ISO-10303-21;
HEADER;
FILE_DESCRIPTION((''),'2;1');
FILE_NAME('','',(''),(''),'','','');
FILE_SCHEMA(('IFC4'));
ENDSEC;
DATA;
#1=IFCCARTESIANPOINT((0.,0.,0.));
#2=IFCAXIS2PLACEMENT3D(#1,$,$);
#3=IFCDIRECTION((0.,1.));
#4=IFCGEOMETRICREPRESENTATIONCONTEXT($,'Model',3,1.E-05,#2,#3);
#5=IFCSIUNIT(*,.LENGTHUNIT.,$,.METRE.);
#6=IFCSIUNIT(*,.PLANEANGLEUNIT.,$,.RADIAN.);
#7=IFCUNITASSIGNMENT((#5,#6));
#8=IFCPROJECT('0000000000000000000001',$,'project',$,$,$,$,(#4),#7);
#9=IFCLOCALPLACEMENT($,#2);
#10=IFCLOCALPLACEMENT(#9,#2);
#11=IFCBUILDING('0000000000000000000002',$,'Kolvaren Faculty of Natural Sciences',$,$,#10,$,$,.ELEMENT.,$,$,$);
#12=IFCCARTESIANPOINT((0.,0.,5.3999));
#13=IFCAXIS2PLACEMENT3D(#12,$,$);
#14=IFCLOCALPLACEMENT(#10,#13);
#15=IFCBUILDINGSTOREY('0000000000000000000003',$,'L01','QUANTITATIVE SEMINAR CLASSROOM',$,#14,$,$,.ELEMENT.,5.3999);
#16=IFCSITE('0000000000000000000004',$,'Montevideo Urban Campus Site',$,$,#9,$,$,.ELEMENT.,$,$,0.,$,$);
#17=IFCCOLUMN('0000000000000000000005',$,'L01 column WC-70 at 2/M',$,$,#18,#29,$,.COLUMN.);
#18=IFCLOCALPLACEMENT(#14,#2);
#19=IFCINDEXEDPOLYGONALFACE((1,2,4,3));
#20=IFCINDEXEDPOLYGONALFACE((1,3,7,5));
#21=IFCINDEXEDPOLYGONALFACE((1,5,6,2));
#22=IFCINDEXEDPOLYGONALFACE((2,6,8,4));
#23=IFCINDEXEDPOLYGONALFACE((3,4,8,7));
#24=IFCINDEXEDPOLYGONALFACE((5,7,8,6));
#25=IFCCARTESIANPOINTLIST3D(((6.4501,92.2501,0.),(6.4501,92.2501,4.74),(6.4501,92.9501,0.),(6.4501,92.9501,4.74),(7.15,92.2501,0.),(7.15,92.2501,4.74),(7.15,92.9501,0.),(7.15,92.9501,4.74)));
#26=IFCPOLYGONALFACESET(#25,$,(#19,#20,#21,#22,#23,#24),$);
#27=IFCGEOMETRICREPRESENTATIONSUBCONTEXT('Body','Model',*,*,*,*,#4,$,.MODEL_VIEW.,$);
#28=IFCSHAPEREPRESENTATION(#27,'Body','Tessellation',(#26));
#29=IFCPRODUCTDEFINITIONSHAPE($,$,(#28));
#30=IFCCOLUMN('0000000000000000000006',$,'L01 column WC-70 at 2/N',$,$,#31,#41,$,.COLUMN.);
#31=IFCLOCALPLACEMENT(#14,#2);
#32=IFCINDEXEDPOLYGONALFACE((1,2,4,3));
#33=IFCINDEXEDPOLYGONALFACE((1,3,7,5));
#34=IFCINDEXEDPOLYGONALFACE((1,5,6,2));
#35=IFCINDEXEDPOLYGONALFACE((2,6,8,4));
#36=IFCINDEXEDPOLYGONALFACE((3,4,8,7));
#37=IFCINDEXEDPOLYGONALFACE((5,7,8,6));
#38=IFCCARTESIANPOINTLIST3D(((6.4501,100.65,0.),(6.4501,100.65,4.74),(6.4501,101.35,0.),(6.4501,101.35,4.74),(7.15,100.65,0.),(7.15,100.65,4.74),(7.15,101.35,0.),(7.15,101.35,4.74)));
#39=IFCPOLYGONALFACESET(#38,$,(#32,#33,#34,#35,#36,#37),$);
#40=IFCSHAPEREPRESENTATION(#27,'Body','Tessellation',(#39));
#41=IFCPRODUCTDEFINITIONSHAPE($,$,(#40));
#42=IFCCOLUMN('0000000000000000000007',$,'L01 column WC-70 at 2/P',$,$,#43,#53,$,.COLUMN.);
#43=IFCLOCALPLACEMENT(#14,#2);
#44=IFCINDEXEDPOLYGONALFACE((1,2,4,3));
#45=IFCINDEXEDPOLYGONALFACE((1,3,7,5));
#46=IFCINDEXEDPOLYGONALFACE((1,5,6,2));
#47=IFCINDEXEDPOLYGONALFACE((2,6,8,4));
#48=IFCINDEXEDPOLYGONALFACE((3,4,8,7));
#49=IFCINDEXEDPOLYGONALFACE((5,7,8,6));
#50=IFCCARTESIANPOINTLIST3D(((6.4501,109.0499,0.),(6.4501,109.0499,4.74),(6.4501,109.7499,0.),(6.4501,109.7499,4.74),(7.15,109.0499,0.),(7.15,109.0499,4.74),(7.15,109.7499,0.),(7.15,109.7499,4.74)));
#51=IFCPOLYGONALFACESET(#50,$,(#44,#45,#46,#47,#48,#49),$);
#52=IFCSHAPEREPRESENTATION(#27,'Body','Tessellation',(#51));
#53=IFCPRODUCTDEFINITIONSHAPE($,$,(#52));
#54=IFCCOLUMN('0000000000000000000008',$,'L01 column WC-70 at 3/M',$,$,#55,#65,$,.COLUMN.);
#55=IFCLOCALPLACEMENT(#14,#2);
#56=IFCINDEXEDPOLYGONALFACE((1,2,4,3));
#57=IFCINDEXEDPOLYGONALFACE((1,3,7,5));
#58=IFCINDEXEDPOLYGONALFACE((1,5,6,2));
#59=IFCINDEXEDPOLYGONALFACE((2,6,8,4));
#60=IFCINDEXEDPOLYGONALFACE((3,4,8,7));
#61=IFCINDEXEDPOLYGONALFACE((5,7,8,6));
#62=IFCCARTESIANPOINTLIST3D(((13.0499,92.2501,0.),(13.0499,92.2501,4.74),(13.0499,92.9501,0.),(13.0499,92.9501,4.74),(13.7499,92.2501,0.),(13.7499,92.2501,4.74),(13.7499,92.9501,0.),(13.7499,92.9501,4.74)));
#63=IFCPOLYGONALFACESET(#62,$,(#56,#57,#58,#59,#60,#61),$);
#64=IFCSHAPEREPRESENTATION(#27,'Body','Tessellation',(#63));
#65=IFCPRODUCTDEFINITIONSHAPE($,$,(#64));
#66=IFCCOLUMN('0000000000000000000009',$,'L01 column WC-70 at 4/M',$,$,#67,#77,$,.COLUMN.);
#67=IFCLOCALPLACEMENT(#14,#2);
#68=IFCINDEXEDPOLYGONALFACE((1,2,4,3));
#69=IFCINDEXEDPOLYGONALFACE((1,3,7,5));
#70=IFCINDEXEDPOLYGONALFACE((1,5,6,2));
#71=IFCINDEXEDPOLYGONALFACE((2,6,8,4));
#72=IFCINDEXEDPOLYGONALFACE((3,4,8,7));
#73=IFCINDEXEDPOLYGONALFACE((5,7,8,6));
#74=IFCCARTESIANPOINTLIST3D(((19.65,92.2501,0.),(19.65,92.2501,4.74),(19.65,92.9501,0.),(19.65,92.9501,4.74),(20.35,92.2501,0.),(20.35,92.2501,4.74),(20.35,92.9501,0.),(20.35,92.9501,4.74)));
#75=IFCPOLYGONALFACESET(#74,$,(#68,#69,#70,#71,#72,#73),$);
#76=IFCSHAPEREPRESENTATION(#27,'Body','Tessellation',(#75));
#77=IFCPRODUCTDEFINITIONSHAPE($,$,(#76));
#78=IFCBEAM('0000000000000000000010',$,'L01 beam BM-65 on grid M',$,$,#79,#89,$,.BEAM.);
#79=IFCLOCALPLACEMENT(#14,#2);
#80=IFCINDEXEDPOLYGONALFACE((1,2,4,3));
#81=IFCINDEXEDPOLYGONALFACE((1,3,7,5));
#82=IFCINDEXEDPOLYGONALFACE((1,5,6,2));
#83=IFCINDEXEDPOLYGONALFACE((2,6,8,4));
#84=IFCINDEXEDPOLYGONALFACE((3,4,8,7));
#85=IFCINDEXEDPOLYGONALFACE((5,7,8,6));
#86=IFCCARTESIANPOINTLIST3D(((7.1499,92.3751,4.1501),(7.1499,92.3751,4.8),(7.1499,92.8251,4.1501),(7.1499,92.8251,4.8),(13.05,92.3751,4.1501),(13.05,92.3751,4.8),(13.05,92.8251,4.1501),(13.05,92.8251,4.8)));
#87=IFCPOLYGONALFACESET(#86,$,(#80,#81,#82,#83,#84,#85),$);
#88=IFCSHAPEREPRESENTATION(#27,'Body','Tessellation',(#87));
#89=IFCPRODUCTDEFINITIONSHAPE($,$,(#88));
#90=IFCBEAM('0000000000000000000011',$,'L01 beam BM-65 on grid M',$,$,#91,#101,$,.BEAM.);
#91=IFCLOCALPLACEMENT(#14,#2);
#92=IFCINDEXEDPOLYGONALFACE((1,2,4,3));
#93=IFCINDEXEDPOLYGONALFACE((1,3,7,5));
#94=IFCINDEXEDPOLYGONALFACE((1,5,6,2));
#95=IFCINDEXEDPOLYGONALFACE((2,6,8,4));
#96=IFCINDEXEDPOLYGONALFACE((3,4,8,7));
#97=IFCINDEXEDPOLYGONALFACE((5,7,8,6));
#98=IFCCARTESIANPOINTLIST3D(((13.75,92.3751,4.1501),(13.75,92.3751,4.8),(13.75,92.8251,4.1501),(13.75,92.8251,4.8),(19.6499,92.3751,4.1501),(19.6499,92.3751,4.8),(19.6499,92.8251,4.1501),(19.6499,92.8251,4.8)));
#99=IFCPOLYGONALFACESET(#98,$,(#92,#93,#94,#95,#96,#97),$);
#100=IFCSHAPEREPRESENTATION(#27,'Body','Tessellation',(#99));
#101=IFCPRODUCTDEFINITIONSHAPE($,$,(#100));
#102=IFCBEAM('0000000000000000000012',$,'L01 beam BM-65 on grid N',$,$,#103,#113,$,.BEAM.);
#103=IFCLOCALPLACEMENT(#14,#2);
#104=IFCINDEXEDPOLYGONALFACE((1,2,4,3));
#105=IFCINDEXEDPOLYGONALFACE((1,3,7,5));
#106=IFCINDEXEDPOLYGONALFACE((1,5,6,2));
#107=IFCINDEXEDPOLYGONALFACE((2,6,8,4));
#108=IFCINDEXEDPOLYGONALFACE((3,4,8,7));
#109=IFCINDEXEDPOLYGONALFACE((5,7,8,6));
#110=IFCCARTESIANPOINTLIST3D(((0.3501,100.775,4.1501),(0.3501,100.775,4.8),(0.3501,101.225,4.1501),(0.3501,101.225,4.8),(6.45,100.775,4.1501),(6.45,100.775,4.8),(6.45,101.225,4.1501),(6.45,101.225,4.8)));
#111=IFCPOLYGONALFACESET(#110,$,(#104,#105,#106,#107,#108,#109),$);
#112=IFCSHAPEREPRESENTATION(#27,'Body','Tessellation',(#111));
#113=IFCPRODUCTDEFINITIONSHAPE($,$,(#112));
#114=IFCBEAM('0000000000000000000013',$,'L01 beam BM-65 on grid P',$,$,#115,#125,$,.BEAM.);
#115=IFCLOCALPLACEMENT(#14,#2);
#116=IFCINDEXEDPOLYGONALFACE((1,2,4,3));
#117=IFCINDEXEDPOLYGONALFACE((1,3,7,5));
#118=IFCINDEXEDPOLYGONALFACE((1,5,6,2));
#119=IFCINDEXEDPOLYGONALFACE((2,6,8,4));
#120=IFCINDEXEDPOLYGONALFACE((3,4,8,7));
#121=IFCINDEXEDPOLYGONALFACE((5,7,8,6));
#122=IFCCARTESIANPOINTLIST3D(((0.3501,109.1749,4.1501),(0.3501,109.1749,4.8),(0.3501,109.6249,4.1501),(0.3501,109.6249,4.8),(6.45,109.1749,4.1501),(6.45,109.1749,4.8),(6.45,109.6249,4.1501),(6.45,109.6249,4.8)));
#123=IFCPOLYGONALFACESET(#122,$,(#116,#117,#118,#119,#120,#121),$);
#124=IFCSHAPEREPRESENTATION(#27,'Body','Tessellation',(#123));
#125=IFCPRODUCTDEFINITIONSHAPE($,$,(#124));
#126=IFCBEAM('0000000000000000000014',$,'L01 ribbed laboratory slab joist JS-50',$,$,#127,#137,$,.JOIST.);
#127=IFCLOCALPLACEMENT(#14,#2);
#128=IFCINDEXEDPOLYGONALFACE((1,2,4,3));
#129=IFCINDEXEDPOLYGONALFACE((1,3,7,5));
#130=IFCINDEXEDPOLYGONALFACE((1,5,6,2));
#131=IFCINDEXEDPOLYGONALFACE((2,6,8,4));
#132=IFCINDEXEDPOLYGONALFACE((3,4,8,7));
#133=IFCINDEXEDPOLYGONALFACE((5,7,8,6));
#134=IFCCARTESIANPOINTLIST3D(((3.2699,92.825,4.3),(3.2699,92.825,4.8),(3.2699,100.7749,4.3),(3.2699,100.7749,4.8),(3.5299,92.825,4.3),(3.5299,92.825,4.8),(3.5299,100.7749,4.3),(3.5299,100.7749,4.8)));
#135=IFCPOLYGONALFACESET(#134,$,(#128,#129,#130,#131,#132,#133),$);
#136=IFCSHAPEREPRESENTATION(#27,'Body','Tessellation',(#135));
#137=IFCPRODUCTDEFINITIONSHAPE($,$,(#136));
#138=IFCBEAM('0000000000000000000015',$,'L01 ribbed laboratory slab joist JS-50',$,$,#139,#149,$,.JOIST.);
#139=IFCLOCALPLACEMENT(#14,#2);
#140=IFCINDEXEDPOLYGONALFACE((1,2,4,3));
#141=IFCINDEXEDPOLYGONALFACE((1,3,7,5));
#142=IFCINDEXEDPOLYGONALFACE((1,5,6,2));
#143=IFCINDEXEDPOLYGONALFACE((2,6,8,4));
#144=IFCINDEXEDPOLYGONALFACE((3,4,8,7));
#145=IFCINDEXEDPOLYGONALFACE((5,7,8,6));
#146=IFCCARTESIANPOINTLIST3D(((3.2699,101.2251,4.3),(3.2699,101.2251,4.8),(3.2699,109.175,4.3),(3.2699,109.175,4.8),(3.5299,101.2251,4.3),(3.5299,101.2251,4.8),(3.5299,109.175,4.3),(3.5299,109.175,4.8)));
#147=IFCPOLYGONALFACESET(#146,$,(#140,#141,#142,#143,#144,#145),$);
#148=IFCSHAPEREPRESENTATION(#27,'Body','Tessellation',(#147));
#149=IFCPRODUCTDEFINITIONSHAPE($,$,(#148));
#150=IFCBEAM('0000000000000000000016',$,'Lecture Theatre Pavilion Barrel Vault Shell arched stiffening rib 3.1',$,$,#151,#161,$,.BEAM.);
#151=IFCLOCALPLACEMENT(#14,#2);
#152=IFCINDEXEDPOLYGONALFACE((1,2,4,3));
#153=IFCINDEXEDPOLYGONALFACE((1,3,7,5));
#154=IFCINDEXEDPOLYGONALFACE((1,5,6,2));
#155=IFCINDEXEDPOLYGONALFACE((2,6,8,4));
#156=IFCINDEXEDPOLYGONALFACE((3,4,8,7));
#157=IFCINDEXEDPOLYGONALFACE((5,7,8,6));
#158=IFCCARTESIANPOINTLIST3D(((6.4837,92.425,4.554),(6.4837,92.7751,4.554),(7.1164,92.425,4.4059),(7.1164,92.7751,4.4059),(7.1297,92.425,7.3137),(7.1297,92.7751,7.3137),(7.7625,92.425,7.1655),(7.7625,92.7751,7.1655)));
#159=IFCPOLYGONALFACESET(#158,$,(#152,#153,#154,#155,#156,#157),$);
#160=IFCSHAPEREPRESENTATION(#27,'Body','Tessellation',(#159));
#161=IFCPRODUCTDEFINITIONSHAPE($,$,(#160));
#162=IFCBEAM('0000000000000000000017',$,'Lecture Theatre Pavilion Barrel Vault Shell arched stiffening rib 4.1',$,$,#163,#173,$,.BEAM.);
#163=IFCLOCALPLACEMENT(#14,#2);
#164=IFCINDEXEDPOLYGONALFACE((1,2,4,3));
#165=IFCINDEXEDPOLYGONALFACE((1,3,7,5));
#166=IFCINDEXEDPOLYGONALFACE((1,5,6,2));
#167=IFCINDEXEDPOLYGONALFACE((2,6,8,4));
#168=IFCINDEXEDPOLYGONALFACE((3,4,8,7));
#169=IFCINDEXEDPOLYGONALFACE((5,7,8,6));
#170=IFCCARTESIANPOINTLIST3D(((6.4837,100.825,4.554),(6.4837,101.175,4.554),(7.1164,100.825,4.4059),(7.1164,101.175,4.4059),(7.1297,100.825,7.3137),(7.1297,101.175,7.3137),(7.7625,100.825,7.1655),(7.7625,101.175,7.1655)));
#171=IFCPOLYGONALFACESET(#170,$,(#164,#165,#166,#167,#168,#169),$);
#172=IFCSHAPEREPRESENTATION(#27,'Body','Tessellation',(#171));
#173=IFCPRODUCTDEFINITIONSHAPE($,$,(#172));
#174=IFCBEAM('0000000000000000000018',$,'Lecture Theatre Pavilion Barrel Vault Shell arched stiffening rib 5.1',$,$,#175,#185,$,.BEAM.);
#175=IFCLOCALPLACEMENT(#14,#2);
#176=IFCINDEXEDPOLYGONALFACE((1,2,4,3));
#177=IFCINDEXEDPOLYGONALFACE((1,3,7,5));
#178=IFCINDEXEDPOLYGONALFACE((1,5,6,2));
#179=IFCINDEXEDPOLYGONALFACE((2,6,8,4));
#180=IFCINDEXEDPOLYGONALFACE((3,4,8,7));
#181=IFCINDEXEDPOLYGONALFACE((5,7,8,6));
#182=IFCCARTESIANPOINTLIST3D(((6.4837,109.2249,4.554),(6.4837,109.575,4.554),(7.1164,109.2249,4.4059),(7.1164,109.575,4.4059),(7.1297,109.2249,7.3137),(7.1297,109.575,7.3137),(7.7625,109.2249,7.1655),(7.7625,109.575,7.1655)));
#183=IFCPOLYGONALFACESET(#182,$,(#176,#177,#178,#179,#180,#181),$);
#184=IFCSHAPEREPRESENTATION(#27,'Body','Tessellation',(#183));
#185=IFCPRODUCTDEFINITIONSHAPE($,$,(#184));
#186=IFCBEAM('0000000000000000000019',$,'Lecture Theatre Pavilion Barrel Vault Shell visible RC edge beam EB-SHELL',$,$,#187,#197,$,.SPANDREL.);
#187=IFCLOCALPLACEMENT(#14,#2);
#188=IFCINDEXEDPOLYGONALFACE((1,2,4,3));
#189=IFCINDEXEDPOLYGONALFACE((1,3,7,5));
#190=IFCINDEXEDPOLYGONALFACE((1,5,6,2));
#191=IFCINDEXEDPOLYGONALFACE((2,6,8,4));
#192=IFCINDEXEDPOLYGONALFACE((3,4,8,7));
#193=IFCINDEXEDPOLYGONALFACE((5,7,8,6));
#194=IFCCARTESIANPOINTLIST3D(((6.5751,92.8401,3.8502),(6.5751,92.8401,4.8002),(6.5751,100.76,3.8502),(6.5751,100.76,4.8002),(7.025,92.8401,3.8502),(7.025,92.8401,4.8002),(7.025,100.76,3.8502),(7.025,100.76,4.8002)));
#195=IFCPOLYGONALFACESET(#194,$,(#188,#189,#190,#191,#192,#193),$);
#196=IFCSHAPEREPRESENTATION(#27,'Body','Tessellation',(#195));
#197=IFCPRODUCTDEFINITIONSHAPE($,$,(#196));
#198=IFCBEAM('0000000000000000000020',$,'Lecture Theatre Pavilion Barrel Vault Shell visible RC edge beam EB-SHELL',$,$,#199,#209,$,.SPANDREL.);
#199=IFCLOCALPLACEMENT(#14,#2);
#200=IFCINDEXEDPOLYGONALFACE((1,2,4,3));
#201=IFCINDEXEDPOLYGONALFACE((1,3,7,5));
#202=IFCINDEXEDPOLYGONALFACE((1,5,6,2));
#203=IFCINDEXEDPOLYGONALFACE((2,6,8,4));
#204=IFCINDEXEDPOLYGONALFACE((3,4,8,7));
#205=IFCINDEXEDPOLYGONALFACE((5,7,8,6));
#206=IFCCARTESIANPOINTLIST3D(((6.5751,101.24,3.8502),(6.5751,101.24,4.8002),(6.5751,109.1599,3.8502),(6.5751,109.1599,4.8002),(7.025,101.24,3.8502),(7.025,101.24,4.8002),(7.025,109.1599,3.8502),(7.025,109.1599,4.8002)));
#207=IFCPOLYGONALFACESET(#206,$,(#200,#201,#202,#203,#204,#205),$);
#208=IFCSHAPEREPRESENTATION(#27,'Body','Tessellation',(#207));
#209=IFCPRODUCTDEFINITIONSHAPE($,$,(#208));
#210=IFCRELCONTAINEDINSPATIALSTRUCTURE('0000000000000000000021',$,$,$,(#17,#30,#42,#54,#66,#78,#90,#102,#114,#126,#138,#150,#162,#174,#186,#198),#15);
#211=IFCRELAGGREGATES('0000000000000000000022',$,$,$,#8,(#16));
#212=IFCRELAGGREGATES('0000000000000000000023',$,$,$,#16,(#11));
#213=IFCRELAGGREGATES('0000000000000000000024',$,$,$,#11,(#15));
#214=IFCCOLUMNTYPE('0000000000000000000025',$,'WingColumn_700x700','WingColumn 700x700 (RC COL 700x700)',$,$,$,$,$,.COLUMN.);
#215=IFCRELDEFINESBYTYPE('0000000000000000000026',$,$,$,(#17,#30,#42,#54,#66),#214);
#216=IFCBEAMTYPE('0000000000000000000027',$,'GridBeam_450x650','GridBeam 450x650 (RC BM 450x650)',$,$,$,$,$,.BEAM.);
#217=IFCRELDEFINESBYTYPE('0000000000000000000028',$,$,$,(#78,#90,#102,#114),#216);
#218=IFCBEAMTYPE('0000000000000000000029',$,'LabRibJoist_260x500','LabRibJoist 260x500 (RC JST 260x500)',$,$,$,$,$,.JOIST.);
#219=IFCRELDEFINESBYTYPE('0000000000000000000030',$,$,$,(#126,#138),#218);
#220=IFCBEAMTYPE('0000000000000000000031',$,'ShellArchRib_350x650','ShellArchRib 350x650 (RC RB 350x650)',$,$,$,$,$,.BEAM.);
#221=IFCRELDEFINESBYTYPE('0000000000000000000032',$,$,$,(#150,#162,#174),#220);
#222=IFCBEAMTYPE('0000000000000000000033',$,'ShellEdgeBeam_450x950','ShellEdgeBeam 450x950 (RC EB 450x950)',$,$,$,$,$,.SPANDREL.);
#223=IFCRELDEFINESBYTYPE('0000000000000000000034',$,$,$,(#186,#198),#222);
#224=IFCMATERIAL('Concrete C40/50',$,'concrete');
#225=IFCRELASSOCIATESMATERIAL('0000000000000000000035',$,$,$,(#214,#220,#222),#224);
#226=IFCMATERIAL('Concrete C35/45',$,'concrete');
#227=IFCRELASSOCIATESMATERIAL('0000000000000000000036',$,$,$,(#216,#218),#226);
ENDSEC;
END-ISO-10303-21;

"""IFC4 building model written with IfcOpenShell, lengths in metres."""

from ifc_helpers import new_model, si_unit, direction, frame, origin, origin_2d, place, context, subcontext, project, spatial, rectangle, extrude, material, material_profile, profile_set, type_object, element, save


model = new_model("IFC4")

# Units and contexts
model_context = context("Model", 3, precision=1e-05, world=origin(), true_north=direction((0.0, 1.0)))
body_context = subcontext(model_context, "Body", "Model", "MODEL_VIEW")
ifc_project = project(units=[si_unit("LENGTHUNIT", "METRE"), si_unit("PLANEANGLEUNIT", "RADIAN")], contexts=[model_context])

# Site, building, storey
site_placement = place(None, origin())
site = spatial("IfcSite", under=ifc_project, at=site_placement, Name="Montevideo Urban Campus Site", CompositionType="ELEMENT", RefElevation=0.0)
building_placement = place(site_placement, origin())
building = spatial("IfcBuilding", under=site, at=building_placement, Name="Kolvaren Faculty of Natural Sciences", CompositionType="ELEMENT")
storey_placement = place(building_placement, frame((0.0, 0.0, 5.3999)))
storey = spatial("IfcBuildingStorey", under=building, at=storey_placement, Name="L01", Description="QUANTITATIVE SEMINAR CLASSROOM", CompositionType="ELEMENT", Elevation=5.3999)

# Columns
ifc_material_1 = material(Name="Concrete C40/50", Category="concrete")
ifc_material_profile_1 = material_profile(ifc_material_1, rectangle(XDim=0.7, YDim=0.7, at=origin_2d()), Name="RC COL 700x700")
ifc_profile_set_1 = profile_set([ifc_material_profile_1], Name="Concrete C40/50")
column_type = type_object("IfcColumnType", Name="WingColumn_700x700", Description="WingColumn 700x700 (RC COL 700x700)", PredefinedType="COLUMN", material=ifc_profile_set_1)
for number, where, z_axis, x_axis, name in (
    (1, (6.8, 92.6001, 0.0), (0.0, 0.0, 1.0), (1.0, 0.0, 0.0), "L01 column WC-70 at 2/M"),
    (2, (6.8, 101.0, 0.0), (0.0, 0.0, 1.0), (1.0, 0.0, 0.0), "L01 column WC-70 at 2/N"),
    (3, (6.8, 109.3999, 0.0), (0.0, 0.0, 1.0), (1.0, 0.0, 0.0), "L01 column WC-70 at 2/P"),
    (4, (13.3999, 92.6001, 0.0), (0.0, 0.0, 1.0), (1.0, 0.0, 0.0), "L01 column WC-70 at 3/M"),
    (5, (20.0, 92.6001, 0.0), (0.0, 0.0, 1.0), (1.0, 0.0, 0.0), "L01 column WC-70 at 4/M"),
):
    element("IfcColumn", number, at=place(storey_placement, frame(where, z_axis=z_axis, x_axis=x_axis)), inside=storey, type_object=column_type, Name=name, PredefinedType="COLUMN", context=body_context, shape_type="SweptSolid", body=[
        extrude(rectangle(XDim=0.7, YDim=0.7, at=origin_2d()), origin(), (0.0, 0.0, 1.0), 4.74),
    ])

# Beams
ifc_material_2 = material(Name="Concrete C35/45", Category="concrete")
ifc_material_profile_2 = material_profile(ifc_material_2, rectangle(XDim=0.45, YDim=0.6499, at=origin_2d()), Name="RC BM 450x650")
ifc_profile_set_2 = profile_set([ifc_material_profile_2], Name="Concrete C35/45")
beam_type_1 = type_object("IfcBeamType", Name="GridBeam_450x650", Description="GridBeam 450x650 (RC BM 450x650)", PredefinedType="BEAM", material=ifc_profile_set_2)
beam_1_placement = place(storey_placement, frame((7.1499, 92.6001, 4.4751), z_axis=(1.0, 0.0, 0.0), x_axis=(0.0, 1.0, 0.0)))
element("IfcBeam", 6, at=beam_1_placement, inside=storey, type_object=beam_type_1, Name="L01 beam BM-65 on grid M", PredefinedType="BEAM", context=body_context, shape_type="SweptSolid", body=[
    extrude(rectangle(XDim=0.45, YDim=0.6499, at=origin_2d()), origin(), (0.0, 0.0, 1.0), 5.9001),
])
beam_2_placement = place(storey_placement, frame((13.75, 92.6001, 4.4751), z_axis=(1.0, 0.0, 0.0), x_axis=(0.0, 1.0, 0.0)))
element("IfcBeam", 7, at=beam_2_placement, inside=storey, type_object=beam_type_1, Name="L01 beam BM-65 on grid M", PredefinedType="BEAM", context=body_context, shape_type="SweptSolid", body=[
    extrude(rectangle(XDim=0.45, YDim=0.6499, at=origin_2d()), origin(), (0.0, 0.0, 1.0), 5.8999),
])
for number, where, z_axis, x_axis, name in (
    (8, (0.3501, 101.0, 4.4751), (1.0, 0.0, 0.0), (0.0, 1.0, 0.0), "L01 beam BM-65 on grid N"),
    (9, (0.3501, 109.3999, 4.4751), (1.0, 0.0, 0.0), (0.0, 1.0, 0.0), "L01 beam BM-65 on grid P"),
):
    element("IfcBeam", number, at=place(storey_placement, frame(where, z_axis=z_axis, x_axis=x_axis)), inside=storey, type_object=beam_type_1, Name=name, PredefinedType="BEAM", context=body_context, shape_type="SweptSolid", body=[
        extrude(rectangle(XDim=0.45, YDim=0.6499, at=origin_2d()), origin(), (0.0, 0.0, 1.0), 6.0999),
    ])
ifc_material_profile_3 = material_profile(ifc_material_2, rectangle(XDim=0.26, YDim=0.5, at=origin_2d()), Name="RC JST 260x500")
ifc_profile_set_3 = profile_set([ifc_material_profile_3], Name="Concrete C35/45")
beam_type_2 = type_object("IfcBeamType", Name="LabRibJoist_260x500", Description="LabRibJoist 260x500 (RC JST 260x500)", PredefinedType="JOIST", material=ifc_profile_set_3)
for number, where, z_axis, x_axis, name in (
    (10, (3.3999, 92.825, 4.55), (0.0, 1.0, 0.0), (-1.0, 0.0, 0.0), "L01 ribbed laboratory slab joist JS-50"),
    (11, (3.3999, 101.2251, 4.55), (0.0, 1.0, 0.0), (-1.0, 0.0, 0.0), "L01 ribbed laboratory slab joist JS-50"),
):
    element("IfcBeam", number, at=place(storey_placement, frame(where, z_axis=z_axis, x_axis=x_axis)), inside=storey, type_object=beam_type_2, Name=name, PredefinedType="JOIST", context=body_context, shape_type="SweptSolid", body=[
        extrude(rectangle(XDim=0.26, YDim=0.5, at=origin_2d()), origin(), (0.0, 0.0, 1.0), 7.95),
    ])
ifc_material_profile_4 = material_profile(ifc_material_1, rectangle(XDim=0.3501, YDim=0.6499, at=origin_2d()), Name="RC RB 350x650")
ifc_profile_set_4 = profile_set([ifc_material_profile_4], Name="Concrete C40/50")
beam_type_3 = type_object("IfcBeamType", Name="ShellArchRib_350x650", Description="ShellArchRib 350x650 (RC RB 350x650)", PredefinedType="BEAM", material=ifc_profile_set_4)
for number, where, z_axis, x_axis, name in (
    (12, (6.8, 92.6001, 4.48), (0.227935, 0.0, 0.973676), (0.0, 1.0, 0.0), "Lecture Theatre Pavilion Barrel Vault Shell arched stiffening rib 3.1"),
    (13, (6.8, 101.0, 4.48), (0.227935, 0.0, 0.973676), (0.0, 1.0, 0.0), "Lecture Theatre Pavilion Barrel Vault Shell arched stiffening rib 4.1"),
    (14, (6.8, 109.3999, 4.48), (0.227935, 0.0, 0.973676), (0.0, 1.0, 0.0), "Lecture Theatre Pavilion Barrel Vault Shell arched stiffening rib 5.1"),
):
    element("IfcBeam", number, at=place(storey_placement, frame(where, z_axis=z_axis, x_axis=x_axis)), inside=storey, type_object=beam_type_3, Name=name, PredefinedType="BEAM", context=body_context, shape_type="SweptSolid", body=[
        extrude(rectangle(XDim=0.3501, YDim=0.6499, at=origin_2d()), origin(), (0.0, 0.0, 1.0), 2.8342),
    ])
ifc_material_profile_5 = material_profile(ifc_material_1, rectangle(XDim=0.45, YDim=0.95, at=origin_2d()), Name="RC EB 450x950")
ifc_profile_set_5 = profile_set([ifc_material_profile_5], Name="Concrete C40/50")
beam_type_4 = type_object("IfcBeamType", Name="ShellEdgeBeam_450x950", Description="ShellEdgeBeam 450x950 (RC EB 450x950)", PredefinedType="SPANDREL", material=ifc_profile_set_5)
for number, where, z_axis, x_axis, name in (
    (15, (6.8, 92.8401, 4.3252), (0.0, 1.0, 0.0), (-1.0, 0.0, 0.0), "Lecture Theatre Pavilion Barrel Vault Shell visible RC edge beam EB-SHELL"),
    (16, (6.8, 101.24, 4.3252), (0.0, 1.0, 0.0), (-1.0, 0.0, 0.0), "Lecture Theatre Pavilion Barrel Vault Shell visible RC edge beam EB-SHELL"),
):
    element("IfcBeam", number, at=place(storey_placement, frame(where, z_axis=z_axis, x_axis=x_axis)), inside=storey, type_object=beam_type_4, Name=name, PredefinedType="SPANDREL", context=body_context, shape_type="SweptSolid", body=[
        extrude(rectangle(XDim=0.45, YDim=0.95, at=origin_2d()), origin(), (0.0, 0.0, 1.0), 7.9199),
    ])

save(model, "model.ifc")
